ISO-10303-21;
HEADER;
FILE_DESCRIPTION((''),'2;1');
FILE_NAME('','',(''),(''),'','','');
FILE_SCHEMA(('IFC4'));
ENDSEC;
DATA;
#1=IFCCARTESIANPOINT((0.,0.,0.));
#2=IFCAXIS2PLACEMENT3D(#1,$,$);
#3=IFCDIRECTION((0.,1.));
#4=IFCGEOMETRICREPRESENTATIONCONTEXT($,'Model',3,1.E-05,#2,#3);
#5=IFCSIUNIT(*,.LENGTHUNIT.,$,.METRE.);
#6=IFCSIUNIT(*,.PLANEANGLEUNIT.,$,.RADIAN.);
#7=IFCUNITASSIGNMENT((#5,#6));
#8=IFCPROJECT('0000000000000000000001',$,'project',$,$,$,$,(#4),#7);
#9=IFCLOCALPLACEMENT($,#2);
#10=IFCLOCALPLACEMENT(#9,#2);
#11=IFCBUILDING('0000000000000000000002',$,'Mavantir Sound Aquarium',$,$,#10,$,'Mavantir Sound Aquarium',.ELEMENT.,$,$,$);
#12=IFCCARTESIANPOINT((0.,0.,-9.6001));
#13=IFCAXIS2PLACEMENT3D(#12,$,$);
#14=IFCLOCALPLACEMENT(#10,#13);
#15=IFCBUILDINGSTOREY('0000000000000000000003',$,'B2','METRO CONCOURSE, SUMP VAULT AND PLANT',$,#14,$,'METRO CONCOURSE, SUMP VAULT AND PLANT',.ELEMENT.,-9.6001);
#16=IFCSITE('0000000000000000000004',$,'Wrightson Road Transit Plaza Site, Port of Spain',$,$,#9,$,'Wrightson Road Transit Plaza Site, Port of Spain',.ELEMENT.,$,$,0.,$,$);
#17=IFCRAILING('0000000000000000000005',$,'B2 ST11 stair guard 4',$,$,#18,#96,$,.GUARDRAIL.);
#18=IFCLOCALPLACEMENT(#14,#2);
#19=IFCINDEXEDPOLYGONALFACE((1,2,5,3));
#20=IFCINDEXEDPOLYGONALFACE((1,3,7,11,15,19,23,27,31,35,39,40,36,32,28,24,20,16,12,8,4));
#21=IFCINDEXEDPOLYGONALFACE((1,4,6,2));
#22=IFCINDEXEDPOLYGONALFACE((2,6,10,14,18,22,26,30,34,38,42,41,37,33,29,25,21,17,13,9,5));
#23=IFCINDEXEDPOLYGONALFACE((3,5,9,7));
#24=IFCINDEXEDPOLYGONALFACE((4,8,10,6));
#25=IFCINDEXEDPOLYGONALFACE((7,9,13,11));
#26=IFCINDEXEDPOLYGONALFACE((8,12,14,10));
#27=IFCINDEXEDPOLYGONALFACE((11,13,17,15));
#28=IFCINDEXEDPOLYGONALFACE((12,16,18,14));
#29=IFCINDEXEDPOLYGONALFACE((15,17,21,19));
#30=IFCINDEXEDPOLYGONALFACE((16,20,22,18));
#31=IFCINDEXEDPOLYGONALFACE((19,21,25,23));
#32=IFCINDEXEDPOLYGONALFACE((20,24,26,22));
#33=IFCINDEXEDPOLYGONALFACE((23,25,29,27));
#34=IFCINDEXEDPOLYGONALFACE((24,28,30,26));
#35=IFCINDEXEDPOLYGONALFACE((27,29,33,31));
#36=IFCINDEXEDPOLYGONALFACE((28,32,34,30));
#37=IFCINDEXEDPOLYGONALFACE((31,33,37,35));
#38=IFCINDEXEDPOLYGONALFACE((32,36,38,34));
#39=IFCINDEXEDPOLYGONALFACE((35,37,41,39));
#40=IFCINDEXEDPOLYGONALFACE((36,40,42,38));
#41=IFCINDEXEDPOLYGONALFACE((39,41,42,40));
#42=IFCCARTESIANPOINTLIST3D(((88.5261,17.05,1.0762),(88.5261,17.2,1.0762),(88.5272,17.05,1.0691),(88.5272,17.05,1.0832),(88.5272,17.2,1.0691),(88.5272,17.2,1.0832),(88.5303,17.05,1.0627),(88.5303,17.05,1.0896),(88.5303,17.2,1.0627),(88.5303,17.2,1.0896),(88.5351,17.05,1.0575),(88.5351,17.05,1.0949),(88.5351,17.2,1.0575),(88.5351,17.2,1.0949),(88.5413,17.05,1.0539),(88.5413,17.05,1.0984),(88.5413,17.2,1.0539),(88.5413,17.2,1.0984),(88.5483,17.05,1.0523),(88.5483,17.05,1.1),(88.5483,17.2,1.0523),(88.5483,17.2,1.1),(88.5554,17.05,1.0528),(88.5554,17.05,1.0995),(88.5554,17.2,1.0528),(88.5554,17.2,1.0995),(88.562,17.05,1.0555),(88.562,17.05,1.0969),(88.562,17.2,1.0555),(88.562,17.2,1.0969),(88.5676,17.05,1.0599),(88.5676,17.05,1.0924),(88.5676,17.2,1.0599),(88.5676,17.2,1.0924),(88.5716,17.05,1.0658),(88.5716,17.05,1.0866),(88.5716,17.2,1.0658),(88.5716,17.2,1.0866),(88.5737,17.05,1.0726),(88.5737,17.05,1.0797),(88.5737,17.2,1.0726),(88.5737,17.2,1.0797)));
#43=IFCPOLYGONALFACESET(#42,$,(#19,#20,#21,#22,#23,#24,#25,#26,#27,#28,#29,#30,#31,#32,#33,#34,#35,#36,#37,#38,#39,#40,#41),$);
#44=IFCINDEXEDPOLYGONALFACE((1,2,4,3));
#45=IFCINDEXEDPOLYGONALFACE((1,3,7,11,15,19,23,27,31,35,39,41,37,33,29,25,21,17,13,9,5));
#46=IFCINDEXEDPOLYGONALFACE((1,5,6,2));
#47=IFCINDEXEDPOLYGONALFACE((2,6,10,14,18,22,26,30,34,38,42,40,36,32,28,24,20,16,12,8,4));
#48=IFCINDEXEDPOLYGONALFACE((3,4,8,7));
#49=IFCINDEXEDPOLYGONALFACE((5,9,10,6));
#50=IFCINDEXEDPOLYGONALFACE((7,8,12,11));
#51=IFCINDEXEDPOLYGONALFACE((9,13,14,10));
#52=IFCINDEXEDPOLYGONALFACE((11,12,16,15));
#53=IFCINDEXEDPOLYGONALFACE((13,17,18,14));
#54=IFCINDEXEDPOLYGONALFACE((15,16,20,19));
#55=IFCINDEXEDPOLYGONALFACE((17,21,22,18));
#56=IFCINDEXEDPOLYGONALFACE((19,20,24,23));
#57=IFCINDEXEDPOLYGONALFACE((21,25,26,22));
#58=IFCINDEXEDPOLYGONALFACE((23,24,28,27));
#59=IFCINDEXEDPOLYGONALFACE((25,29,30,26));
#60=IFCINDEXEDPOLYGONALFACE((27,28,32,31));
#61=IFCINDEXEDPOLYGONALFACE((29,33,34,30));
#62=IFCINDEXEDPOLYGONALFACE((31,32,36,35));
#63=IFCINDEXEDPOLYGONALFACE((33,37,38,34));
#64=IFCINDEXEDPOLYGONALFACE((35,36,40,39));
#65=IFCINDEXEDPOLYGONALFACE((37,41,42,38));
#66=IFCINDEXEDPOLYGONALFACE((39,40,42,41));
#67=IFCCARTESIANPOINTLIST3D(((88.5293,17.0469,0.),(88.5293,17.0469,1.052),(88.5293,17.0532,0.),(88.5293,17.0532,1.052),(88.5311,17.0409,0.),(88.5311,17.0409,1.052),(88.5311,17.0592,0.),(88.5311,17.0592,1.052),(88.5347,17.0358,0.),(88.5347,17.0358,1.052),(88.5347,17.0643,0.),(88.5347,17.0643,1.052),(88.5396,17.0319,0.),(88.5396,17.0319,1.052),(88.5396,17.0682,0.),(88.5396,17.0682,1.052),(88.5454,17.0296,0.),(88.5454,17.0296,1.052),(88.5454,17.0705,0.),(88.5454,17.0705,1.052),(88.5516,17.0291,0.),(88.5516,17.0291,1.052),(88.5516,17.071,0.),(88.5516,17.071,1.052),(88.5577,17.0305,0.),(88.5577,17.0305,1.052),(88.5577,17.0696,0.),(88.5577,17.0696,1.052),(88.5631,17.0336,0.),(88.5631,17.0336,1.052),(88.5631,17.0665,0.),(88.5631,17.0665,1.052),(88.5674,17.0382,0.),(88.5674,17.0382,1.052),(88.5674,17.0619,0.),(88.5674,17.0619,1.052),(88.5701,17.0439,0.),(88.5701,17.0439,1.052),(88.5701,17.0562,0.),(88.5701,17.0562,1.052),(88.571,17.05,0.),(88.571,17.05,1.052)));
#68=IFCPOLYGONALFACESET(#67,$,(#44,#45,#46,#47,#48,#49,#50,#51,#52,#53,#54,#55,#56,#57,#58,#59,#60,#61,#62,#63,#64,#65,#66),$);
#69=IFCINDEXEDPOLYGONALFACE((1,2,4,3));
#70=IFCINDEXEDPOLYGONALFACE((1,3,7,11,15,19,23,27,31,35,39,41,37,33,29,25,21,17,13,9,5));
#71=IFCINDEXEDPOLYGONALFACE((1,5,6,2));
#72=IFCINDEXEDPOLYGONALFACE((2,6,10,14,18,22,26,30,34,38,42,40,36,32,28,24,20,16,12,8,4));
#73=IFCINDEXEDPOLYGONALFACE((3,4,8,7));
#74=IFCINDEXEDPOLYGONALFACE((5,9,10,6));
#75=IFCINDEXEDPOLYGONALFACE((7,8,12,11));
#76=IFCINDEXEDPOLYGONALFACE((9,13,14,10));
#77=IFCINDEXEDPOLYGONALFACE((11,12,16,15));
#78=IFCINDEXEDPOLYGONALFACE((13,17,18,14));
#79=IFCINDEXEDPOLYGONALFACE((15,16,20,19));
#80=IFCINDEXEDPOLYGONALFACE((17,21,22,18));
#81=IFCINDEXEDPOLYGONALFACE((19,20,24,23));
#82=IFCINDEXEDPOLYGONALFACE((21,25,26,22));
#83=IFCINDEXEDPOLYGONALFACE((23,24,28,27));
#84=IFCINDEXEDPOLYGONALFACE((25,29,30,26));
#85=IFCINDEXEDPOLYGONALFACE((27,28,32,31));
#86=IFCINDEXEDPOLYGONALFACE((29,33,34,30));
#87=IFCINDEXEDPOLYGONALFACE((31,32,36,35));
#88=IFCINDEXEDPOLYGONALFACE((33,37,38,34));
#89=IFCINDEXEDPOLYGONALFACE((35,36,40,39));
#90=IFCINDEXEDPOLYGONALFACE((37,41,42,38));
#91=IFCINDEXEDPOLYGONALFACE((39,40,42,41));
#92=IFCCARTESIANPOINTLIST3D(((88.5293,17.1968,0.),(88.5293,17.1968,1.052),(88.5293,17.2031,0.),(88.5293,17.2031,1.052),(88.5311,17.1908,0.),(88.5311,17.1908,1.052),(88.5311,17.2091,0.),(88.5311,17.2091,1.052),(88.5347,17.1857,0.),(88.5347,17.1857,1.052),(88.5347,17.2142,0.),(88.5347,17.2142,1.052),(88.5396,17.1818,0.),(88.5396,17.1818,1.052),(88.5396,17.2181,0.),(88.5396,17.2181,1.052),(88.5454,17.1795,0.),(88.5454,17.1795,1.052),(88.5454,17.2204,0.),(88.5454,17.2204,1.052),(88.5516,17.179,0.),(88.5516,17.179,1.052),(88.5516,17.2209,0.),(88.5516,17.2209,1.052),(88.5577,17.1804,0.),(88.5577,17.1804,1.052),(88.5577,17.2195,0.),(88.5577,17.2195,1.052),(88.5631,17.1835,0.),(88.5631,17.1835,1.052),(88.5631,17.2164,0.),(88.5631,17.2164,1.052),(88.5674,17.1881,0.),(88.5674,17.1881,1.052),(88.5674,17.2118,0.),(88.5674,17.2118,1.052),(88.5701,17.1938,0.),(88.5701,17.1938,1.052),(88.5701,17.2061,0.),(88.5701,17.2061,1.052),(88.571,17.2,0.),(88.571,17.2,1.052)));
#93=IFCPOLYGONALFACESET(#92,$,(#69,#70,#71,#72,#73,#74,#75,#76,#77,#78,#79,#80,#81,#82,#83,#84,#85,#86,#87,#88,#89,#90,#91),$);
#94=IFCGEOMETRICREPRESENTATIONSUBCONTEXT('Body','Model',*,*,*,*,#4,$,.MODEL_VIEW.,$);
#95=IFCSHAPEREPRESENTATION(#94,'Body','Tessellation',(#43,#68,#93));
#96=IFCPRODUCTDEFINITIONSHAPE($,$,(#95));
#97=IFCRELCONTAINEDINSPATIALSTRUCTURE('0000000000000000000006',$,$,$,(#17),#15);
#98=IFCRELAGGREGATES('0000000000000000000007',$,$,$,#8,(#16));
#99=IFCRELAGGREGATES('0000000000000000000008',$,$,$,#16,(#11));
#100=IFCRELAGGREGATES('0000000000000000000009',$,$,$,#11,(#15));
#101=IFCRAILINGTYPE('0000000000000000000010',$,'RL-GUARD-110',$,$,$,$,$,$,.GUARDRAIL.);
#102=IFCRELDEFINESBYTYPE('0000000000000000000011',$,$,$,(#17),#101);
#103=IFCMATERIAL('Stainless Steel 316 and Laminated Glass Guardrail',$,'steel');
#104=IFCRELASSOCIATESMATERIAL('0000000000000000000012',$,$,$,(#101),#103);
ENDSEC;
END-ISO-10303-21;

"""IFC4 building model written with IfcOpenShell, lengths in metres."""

from ifc_helpers import new_model, si_unit, direction, frame, origin, origin_2d, place, context, subcontext, project, spatial, circle, extrude, material, type_object, element, save


model = new_model("IFC4")

# Units and contexts
model_context = context("Model", 3, precision=1e-05, world=origin(), true_north=direction((0.0, 1.0)))
body_context = subcontext(model_context, "Body", "Model", "MODEL_VIEW")
ifc_project = project(units=[si_unit("LENGTHUNIT", "METRE"), si_unit("PLANEANGLEUNIT", "RADIAN")], contexts=[model_context])

# Site, building, storey
site_placement = place(None, origin())
site = spatial("IfcSite", under=ifc_project, at=site_placement, Name="Wrightson Road Transit Plaza Site, Port of Spain", LongName="Wrightson Road Transit Plaza Site, Port of Spain", CompositionType="ELEMENT", RefElevation=0.0)
building_placement = place(site_placement, origin())
building = spatial("IfcBuilding", under=site, at=building_placement, Name="Mavantir Sound Aquarium", LongName="Mavantir Sound Aquarium", CompositionType="ELEMENT")
storey_placement = place(building_placement, frame((0.0, 0.0, -9.6001)))
storey = spatial("IfcBuildingStorey", under=building, at=storey_placement, Name="B2", Description="METRO CONCOURSE, SUMP VAULT AND PLANT", LongName="METRO CONCOURSE, SUMP VAULT AND PLANT", CompositionType="ELEMENT", Elevation=-9.6001)

# Railing
ifc_material_1 = material(Name="Stainless Steel 316 and Laminated Glass Guardrail", Category="steel")
railing_type_1 = type_object("IfcRailingType", Name="RL-GUARD-110", PredefinedType="GUARDRAIL", material=ifc_material_1)
railing_1_placement = place(storey_placement, frame((88.55, 17.05, 0.0)))
element("IfcRailing", 1, at=railing_1_placement, inside=storey, type_object=railing_type_1, Name="B2 ST11 stair guard 4", PredefinedType="GUARDRAIL", context=body_context, shape_type="SweptSolid", body=[
    extrude(circle(Radius=0.0239, at=origin_2d()), frame((0.0, 0.0, 1.0762), z_axis=(0.0, 1.0, 0.0), x_axis=(-1.0, 0.0, 0.0)), (0.0, 0.0, 1.0), 0.1499),
    extrude(circle(Radius=0.021, at=origin_2d()), origin(), (0.0, 0.0, 1.0), 1.052),
    extrude(circle(Radius=0.021, at=origin_2d()), frame((0.0, 0.1499, 0.0)), (0.0, 0.0, 1.0), 1.052),
])

save(model, "model.ifc")
